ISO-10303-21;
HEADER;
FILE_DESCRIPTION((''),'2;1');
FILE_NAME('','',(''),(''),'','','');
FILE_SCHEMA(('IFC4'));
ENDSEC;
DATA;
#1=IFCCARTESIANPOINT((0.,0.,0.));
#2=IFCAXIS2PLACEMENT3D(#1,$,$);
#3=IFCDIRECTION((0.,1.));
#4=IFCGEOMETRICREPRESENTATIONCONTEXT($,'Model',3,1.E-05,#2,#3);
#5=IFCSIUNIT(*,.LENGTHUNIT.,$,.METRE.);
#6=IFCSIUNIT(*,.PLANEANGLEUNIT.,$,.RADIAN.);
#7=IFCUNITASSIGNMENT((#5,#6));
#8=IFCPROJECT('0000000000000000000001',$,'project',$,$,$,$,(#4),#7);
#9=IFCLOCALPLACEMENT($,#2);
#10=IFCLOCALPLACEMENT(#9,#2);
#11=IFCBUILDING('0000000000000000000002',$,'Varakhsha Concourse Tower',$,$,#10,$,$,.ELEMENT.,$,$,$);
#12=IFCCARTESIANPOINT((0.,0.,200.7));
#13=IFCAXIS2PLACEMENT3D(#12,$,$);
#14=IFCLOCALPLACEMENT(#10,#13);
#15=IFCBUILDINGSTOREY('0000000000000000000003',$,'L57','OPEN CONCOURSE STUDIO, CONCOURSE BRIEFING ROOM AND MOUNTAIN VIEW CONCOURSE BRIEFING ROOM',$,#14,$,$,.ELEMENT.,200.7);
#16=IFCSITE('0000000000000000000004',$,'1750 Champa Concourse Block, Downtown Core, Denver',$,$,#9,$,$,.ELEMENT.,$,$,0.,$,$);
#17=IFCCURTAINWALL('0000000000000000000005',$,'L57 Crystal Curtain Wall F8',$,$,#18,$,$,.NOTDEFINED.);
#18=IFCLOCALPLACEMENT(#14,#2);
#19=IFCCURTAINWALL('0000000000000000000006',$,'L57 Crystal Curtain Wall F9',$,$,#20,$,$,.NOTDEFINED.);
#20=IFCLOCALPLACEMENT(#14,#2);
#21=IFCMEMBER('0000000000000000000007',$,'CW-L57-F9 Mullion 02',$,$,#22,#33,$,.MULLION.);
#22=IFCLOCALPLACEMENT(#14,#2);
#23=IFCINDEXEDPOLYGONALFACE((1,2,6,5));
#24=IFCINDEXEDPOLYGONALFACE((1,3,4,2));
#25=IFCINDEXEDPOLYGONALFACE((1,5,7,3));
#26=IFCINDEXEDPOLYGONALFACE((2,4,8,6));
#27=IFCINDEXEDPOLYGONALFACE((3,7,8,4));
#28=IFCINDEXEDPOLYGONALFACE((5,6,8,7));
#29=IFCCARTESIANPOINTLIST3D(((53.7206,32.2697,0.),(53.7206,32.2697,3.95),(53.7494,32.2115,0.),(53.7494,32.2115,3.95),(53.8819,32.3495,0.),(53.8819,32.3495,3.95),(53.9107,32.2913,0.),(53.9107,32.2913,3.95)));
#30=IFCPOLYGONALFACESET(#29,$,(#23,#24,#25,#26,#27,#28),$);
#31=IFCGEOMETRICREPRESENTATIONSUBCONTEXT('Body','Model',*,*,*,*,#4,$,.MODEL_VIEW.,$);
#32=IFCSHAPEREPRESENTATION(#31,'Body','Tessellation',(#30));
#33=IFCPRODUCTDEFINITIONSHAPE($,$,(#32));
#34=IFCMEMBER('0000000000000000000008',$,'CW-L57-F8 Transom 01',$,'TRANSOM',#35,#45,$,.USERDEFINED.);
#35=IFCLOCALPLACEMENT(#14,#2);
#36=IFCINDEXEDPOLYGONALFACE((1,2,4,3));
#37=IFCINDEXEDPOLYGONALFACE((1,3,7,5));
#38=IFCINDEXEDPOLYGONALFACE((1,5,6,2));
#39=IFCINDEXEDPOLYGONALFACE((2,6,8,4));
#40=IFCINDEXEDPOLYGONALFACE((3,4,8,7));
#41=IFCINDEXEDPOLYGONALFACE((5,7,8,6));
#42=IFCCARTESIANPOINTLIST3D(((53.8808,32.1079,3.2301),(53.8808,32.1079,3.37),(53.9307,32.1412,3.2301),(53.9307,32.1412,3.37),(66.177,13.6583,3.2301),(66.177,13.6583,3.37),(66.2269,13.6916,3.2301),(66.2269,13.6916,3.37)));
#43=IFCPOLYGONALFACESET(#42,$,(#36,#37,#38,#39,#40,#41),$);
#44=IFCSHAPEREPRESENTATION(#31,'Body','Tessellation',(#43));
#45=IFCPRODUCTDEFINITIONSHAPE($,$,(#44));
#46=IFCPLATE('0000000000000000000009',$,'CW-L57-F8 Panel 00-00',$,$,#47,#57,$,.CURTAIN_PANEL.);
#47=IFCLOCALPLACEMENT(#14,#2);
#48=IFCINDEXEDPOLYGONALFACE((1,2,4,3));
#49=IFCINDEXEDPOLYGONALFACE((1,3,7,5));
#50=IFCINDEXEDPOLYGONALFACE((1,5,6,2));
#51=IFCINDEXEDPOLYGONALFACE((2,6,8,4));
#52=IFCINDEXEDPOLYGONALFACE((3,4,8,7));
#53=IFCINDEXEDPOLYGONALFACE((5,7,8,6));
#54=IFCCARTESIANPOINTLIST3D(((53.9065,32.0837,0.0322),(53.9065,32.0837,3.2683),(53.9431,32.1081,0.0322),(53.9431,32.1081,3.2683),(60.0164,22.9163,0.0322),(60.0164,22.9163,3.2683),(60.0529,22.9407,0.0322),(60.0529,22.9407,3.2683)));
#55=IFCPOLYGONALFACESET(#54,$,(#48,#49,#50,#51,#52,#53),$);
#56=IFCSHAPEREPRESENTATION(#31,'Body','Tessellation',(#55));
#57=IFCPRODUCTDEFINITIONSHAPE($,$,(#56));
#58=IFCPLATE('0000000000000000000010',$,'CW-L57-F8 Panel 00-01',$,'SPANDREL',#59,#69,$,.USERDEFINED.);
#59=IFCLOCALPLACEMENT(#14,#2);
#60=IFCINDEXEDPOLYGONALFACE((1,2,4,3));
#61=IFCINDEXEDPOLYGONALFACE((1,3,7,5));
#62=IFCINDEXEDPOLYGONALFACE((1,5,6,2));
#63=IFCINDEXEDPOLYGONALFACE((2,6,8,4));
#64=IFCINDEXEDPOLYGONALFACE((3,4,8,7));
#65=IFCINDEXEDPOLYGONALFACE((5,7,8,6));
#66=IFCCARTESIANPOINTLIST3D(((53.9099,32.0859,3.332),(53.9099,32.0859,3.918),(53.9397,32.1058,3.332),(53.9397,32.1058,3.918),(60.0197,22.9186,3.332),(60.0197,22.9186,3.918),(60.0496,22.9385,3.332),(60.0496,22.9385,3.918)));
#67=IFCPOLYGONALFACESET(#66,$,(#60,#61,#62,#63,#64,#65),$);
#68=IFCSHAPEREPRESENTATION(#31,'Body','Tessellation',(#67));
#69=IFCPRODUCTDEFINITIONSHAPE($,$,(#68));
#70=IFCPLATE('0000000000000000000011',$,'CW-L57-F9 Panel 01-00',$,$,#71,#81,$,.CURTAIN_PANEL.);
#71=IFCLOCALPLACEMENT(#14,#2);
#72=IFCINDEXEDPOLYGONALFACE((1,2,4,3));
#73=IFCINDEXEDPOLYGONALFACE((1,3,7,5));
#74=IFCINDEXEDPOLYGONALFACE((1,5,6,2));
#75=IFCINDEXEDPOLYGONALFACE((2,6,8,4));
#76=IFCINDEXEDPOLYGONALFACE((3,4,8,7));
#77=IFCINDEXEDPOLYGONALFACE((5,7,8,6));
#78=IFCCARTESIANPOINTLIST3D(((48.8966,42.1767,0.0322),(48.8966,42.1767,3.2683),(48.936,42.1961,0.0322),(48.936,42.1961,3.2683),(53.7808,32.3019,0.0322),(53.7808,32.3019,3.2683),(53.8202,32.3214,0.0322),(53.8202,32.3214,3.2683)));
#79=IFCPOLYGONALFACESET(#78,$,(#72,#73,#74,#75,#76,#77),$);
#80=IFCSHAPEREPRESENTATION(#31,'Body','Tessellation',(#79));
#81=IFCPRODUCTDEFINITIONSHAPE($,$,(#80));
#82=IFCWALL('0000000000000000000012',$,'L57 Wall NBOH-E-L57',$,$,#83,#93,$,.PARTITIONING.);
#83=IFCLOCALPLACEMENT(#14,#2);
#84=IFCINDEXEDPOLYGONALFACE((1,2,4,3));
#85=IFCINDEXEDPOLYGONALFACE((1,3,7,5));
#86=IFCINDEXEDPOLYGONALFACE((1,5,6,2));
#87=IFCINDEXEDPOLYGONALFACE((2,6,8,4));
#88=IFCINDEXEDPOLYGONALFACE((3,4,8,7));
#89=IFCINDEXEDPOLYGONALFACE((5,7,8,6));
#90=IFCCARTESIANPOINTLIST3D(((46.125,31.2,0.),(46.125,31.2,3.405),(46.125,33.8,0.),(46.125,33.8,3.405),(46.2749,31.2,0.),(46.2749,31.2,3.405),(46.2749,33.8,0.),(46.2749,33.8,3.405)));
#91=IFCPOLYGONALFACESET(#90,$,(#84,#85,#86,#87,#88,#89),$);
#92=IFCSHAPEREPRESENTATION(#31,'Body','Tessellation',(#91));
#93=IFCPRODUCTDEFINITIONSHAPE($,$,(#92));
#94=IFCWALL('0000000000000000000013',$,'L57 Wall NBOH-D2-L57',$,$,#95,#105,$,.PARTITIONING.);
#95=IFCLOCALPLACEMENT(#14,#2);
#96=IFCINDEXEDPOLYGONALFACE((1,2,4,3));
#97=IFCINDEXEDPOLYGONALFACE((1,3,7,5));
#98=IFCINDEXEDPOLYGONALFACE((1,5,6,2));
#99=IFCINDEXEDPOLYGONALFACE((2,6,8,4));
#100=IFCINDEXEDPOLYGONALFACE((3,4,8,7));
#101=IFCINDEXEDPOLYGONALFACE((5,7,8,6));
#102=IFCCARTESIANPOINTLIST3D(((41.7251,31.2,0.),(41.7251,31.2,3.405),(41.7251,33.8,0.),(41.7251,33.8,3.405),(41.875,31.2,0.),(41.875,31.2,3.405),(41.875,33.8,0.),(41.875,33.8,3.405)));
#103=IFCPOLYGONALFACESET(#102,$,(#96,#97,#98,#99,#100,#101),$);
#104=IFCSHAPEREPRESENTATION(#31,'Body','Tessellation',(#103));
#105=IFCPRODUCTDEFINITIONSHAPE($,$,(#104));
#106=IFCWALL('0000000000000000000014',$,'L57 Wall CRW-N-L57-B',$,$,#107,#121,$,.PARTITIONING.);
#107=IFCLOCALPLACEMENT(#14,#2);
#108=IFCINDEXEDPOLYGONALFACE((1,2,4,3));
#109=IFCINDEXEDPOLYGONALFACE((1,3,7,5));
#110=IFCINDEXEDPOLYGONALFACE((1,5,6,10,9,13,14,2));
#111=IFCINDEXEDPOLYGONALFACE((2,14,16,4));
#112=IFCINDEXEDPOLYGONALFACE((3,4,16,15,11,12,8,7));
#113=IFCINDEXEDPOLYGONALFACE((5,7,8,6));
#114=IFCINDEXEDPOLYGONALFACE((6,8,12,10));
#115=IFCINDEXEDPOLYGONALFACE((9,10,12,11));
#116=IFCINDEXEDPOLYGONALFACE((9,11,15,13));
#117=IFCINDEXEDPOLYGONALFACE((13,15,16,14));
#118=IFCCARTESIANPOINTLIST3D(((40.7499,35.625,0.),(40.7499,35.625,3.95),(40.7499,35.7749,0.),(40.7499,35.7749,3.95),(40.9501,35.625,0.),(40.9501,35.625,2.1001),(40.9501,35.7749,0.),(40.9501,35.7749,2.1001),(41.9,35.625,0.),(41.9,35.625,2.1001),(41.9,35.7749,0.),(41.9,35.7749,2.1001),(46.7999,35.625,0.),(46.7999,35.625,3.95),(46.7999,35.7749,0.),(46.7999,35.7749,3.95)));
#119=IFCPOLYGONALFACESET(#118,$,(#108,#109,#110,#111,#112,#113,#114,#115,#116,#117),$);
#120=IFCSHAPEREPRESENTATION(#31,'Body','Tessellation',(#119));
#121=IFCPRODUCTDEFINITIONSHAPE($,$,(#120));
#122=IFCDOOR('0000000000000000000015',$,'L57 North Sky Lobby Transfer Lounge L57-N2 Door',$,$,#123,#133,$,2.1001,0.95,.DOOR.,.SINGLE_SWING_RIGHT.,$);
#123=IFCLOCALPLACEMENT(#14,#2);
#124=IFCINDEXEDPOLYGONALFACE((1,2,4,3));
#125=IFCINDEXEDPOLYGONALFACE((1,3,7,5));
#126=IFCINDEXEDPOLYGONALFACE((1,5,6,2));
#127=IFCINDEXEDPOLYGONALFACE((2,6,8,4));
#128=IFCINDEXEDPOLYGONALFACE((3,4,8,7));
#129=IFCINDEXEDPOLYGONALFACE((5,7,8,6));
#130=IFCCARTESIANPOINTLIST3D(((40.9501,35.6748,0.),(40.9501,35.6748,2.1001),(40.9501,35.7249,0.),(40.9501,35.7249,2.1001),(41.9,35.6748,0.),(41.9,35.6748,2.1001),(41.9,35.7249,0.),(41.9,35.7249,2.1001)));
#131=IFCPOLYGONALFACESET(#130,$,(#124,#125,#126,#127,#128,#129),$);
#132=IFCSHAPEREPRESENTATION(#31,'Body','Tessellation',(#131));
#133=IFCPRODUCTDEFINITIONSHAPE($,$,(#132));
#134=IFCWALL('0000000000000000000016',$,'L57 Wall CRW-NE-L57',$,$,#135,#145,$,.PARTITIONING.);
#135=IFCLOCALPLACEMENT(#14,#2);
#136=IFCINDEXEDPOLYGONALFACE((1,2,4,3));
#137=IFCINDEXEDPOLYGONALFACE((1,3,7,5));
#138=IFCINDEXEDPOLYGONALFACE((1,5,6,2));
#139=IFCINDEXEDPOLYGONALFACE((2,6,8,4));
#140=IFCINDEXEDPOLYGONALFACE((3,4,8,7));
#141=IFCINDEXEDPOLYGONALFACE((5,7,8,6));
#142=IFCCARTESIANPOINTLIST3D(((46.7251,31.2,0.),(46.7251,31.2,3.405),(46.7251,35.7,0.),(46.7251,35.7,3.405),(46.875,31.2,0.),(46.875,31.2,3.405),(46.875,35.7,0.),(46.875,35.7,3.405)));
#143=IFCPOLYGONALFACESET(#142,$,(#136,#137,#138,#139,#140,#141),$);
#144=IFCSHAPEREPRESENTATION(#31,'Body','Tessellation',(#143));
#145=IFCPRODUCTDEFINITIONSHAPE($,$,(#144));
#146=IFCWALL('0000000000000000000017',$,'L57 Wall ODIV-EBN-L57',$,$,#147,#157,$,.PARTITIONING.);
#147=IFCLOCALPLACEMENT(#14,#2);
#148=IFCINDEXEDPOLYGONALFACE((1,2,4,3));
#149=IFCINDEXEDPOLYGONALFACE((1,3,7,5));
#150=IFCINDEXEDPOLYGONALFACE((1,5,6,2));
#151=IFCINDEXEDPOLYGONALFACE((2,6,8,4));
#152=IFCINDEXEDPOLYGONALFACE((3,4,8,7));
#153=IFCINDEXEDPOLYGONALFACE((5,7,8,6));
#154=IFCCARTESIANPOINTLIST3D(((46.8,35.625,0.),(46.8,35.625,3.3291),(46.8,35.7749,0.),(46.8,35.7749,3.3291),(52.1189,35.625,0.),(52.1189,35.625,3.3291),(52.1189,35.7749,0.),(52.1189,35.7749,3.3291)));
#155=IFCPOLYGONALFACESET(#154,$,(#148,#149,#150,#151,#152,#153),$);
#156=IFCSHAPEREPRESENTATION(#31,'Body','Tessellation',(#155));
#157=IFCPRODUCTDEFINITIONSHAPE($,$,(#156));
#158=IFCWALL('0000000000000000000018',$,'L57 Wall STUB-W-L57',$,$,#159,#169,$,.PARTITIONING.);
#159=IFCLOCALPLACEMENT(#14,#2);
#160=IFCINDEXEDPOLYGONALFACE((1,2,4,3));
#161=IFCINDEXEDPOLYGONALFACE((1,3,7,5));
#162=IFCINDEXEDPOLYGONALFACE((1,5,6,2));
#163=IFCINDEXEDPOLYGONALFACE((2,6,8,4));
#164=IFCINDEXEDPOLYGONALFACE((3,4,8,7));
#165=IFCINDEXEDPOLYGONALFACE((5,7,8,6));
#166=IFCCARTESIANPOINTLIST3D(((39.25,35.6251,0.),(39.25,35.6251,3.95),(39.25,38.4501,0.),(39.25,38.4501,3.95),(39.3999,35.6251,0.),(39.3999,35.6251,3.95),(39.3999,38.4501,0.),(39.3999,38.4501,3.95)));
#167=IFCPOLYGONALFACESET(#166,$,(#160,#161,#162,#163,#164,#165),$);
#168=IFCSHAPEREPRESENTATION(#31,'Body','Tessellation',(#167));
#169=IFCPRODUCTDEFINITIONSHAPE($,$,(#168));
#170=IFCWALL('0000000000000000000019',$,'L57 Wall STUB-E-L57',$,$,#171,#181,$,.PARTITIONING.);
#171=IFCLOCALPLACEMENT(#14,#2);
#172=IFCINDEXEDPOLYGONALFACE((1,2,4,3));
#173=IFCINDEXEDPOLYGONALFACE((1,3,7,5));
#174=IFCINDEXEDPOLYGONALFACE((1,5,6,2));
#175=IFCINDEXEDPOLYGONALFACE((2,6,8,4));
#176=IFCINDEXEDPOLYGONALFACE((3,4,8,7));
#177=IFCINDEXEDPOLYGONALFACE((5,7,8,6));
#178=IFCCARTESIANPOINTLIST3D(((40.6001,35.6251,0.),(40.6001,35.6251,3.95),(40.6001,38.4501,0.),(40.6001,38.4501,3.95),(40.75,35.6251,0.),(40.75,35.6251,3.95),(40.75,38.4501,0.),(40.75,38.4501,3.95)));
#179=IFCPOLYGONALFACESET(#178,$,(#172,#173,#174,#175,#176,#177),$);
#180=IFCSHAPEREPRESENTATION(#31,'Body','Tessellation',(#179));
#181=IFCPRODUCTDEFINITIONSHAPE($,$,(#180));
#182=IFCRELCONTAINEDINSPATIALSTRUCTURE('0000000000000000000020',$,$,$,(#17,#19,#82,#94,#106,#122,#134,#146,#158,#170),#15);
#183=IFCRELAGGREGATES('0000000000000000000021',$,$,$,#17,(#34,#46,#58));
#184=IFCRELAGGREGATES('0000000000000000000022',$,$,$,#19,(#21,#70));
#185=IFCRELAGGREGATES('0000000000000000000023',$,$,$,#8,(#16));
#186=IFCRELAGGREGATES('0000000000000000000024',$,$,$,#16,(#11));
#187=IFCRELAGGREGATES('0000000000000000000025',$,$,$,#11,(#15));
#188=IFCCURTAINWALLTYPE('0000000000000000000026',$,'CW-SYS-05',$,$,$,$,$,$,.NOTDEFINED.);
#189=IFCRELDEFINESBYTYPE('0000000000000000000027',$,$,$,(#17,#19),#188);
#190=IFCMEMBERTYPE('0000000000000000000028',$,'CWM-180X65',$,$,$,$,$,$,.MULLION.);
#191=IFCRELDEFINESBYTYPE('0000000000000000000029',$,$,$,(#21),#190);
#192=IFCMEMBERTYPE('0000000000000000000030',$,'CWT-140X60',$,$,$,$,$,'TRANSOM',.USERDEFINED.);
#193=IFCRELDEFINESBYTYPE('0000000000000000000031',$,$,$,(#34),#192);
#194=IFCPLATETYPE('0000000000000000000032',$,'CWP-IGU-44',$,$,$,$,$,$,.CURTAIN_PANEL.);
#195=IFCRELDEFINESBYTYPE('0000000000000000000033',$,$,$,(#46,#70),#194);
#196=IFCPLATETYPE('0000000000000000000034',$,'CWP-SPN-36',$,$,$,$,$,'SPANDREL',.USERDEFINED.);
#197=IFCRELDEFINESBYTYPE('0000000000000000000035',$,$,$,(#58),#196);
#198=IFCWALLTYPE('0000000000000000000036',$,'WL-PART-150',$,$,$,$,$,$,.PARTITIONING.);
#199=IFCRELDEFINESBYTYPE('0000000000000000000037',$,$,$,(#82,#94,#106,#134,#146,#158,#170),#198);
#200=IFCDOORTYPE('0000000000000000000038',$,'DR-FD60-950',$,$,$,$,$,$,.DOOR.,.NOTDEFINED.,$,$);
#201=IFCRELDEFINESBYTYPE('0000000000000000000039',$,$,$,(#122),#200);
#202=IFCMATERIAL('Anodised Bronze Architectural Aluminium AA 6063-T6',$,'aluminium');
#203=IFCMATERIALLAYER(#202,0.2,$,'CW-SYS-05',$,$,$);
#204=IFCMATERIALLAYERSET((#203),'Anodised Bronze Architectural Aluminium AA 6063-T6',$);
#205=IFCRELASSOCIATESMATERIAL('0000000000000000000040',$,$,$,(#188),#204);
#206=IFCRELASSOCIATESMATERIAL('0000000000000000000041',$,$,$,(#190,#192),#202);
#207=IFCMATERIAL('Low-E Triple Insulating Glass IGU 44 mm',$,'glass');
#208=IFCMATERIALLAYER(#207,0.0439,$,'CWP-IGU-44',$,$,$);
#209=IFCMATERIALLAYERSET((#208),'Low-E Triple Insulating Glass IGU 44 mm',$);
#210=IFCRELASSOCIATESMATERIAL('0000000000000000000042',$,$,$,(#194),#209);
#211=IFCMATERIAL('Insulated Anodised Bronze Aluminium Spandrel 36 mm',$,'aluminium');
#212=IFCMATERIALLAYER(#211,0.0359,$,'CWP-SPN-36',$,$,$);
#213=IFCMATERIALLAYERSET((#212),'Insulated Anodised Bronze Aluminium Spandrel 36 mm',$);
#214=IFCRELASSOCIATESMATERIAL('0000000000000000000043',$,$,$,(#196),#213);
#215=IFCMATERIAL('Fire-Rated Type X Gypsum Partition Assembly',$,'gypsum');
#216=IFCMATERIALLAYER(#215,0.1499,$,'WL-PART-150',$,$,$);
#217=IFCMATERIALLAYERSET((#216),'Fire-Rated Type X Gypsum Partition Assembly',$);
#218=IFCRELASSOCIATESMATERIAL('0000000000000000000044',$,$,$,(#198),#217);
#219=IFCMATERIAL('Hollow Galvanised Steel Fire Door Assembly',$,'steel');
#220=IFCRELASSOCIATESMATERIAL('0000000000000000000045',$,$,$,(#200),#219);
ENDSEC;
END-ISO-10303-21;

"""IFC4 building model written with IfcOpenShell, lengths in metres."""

from ifc_helpers import new_model, si_unit, direction, frame, frame_2d, origin, origin_2d, place, context, subcontext, project, spatial, rectangle, extrude, source, transform, mapped, material, layer, layer_set, material_profile, profile_set, type_object, type_shapes, element, fill, aggregate, save


model = new_model("IFC4")

# Units and contexts
model_context = context("Model", 3, precision=1e-05, world=origin(), true_north=direction((0.0, 1.0)))
body_context = subcontext(model_context, "Body", "Model", "MODEL_VIEW")
ifc_project = project(units=[si_unit("LENGTHUNIT", "METRE"), si_unit("PLANEANGLEUNIT", "RADIAN")], contexts=[model_context])

# Site, building, storey
site_placement = place(None, origin())
site = spatial("IfcSite", under=ifc_project, at=site_placement, Name="1750 Champa Concourse Block, Downtown Core, Denver", CompositionType="ELEMENT", RefElevation=0.0)
building_placement = place(site_placement, origin())
building = spatial("IfcBuilding", under=site, at=building_placement, Name="Varakhsha Concourse Tower", CompositionType="ELEMENT")
storey_placement = place(building_placement, frame((0.0, 0.0, 200.7)))
storey = spatial("IfcBuildingStorey", under=building, at=storey_placement, Name="L57", Description="OPEN CONCOURSE STUDIO, CONCOURSE BRIEFING ROOM AND MOUNTAIN VIEW CONCOURSE BRIEFING ROOM", CompositionType="ELEMENT", Elevation=200.7)

# Curtain wall
ifc_material_1 = material(Name="Anodised Bronze Architectural Aluminium AA 6063-T6", Category="aluminium")
ifc_layer_1 = layer(ifc_material_1, 0.2, Name="CW-SYS-05")
ifc_layer_set_1 = layer_set([ifc_layer_1], Name="Anodised Bronze Architectural Aluminium AA 6063-T6")
curtain_wall_type = type_object("IfcCurtainWallType", Name="CW-SYS-05", PredefinedType="NOTDEFINED", material=ifc_layer_set_1)
curtain_wall_1_placement = place(storey_placement, origin())
curtain_wall_1 = element("IfcCurtainWall", 1, at=curtain_wall_1_placement, inside=storey, type_object=curtain_wall_type, Name="L57 Crystal Curtain Wall F8", PredefinedType="NOTDEFINED")
ifc_material_profile_1 = material_profile(ifc_material_1, rectangle(XDim=0.0649, YDim=0.1799, at=origin_2d()), Name="CWM-180X65")
ifc_profile_set_1 = profile_set([ifc_material_profile_1], Name="Anodised Bronze Architectural Aluminium AA 6063-T6")
member_type_1 = type_object("IfcMemberType", Name="CWM-180X65", PredefinedType="MULLION", material=ifc_profile_set_1)
shared_shape_1 = source(origin(), body_context, "Body", "SweptSolid", [
    extrude(rectangle(XDim=0.0649, YDim=0.1799, at=origin_2d()), origin(), (0.0, 0.0, 1.0), 3.95),
])
type_shapes(member_type_1, [shared_shape_1])

# Curtain wall, member
curtain_wall_2_placement = place(storey_placement, origin())
curtain_wall_2 = element("IfcCurtainWall", 2, at=curtain_wall_2_placement, inside=storey, type_object=curtain_wall_type, Name="L57 Crystal Curtain Wall F9", PredefinedType="NOTDEFINED")
member_1_placement = place(storey_placement, frame((53.8157, 32.2805, 0.0), z_axis=(0.0, 0.0, 1.0), x_axis=(0.443343, -0.896352, 0.0)))
member_1 = element("IfcMember", 3, at=member_1_placement, type_object=member_type_1, Name="CW-L57-F9 Mullion 02", PredefinedType="MULLION", context=body_context, shape_type="MappedRepresentation", body=[
    mapped(shared_shape_1, transform((0.0, 0.0, 0.0), scale=1.0)),
])

# Member
ifc_material_profile_2 = material_profile(ifc_material_1, rectangle(XDim=0.0601, YDim=0.1399, at=origin_2d()), Name="CWT-140X60")
ifc_profile_set_2 = profile_set([ifc_material_profile_2], Name="Anodised Bronze Architectural Aluminium AA 6063-T6")
member_type_2 = type_object("IfcMemberType", Name="CWT-140X60", ElementType="TRANSOM", PredefinedType="USERDEFINED", material=ifc_profile_set_2)
shared_shape_2 = source(origin(), body_context, "Body", "SweptSolid", [
    extrude(rectangle(XDim=0.0601, YDim=0.1399, at=origin_2d()), origin(), (0.0, 0.0, 1.0), 22.1716),
])
type_shapes(member_type_2, [shared_shape_2])
member_2_placement = place(storey_placement, frame((53.9058, 32.1245, 3.3), z_axis=(0.554591, -0.832123, 0.0), x_axis=(0.832123, 0.554591, 0.0)))
member_2 = element("IfcMember", 4, at=member_2_placement, type_object=member_type_2, Name="CW-L57-F8 Transom 01", ObjectType="TRANSOM", PredefinedType="USERDEFINED", context=body_context, shape_type="MappedRepresentation", body=[
    mapped(shared_shape_2, transform((0.0, 0.0, 0.0), scale=1.0)),
])

# Plates
ifc_material_2 = material(Name="Low-E Triple Insulating Glass IGU 44 mm", Category="glass")
ifc_layer_2 = layer(ifc_material_2, 0.0439, Name="CWP-IGU-44")
ifc_layer_set_2 = layer_set([ifc_layer_2], Name="Low-E Triple Insulating Glass IGU 44 mm")
plate_type_1 = type_object("IfcPlateType", Name="CWP-IGU-44", PredefinedType="CURTAIN_PANEL", material=ifc_layer_set_2)
shared_shape_3 = source(origin(), body_context, "Body", "SweptSolid", [
    extrude(rectangle(XDim=11.0168, YDim=0.0439, at=origin_2d()), origin(), (0.0, 0.0, 1.0), 3.2361),
])
plate_1_placement = place(storey_placement, frame((56.9797, 27.5122, 0.0322), z_axis=(0.0, 0.0, 1.0), x_axis=(0.554592, -0.832123, 0.0)))
plate_1 = element("IfcPlate", 5, at=plate_1_placement, type_object=plate_type_1, Name="CW-L57-F8 Panel 00-00", PredefinedType="CURTAIN_PANEL", context=body_context, shape_type="MappedRepresentation", body=[
    mapped(shared_shape_3, transform((0.0, 0.0, 0.0), scale=1.0)),
])
ifc_material_3 = material(Name="Insulated Anodised Bronze Aluminium Spandrel 36 mm", Category="aluminium")
ifc_layer_3 = layer(ifc_material_3, 0.0359, Name="CWP-SPN-36")
ifc_layer_set_3 = layer_set([ifc_layer_3], Name="Insulated Anodised Bronze Aluminium Spandrel 36 mm")
plate_type_2 = type_object("IfcPlateType", Name="CWP-SPN-36", ElementType="SPANDREL", PredefinedType="USERDEFINED", material=ifc_layer_set_3)
shared_shape_4 = source(origin(), body_context, "Body", "SweptSolid", [
    extrude(rectangle(XDim=11.0168, YDim=0.0359, at=origin_2d()), origin(), (0.0, 0.0, 1.0), 0.5859),
])
type_shapes(plate_type_2, [shared_shape_4])
plate_2_placement = place(storey_placement, frame((56.9797, 27.5122, 3.332), z_axis=(0.0, 0.0, 1.0), x_axis=(0.554592, -0.832123, 0.0)))
plate_2 = element("IfcPlate", 6, at=plate_2_placement, type_object=plate_type_2, Name="CW-L57-F8 Panel 00-01", ObjectType="SPANDREL", PredefinedType="USERDEFINED", context=body_context, shape_type="MappedRepresentation", body=[
    mapped(shared_shape_4, transform((0.0, 0.0, 0.0), scale=1.0)),
])
aggregate(curtain_wall_1, [member_2, plate_1, plate_2])
shared_shape_5 = source(origin(), body_context, "Body", "SweptSolid", [
    extrude(rectangle(XDim=11.0166, YDim=0.0439, at=origin_2d()), origin(), (0.0, 0.0, 1.0), 3.2361),
])
type_shapes(plate_type_1, [shared_shape_3, shared_shape_5])
plate_3_placement = place(storey_placement, frame((51.3584, 37.249, 0.0322), z_axis=(0.0, 0.0, 1.0), x_axis=(0.443343, -0.896352, 0.0)))
plate_3 = element("IfcPlate", 7, at=plate_3_placement, type_object=plate_type_1, Name="CW-L57-F9 Panel 01-00", PredefinedType="CURTAIN_PANEL", context=body_context, shape_type="MappedRepresentation", body=[
    mapped(shared_shape_5, transform((0.0, 0.0, 0.0), scale=1.0)),
])
aggregate(curtain_wall_2, [member_1, plate_3])

# Walls
ifc_material_4 = material(Name="Fire-Rated Type X Gypsum Partition Assembly", Category="gypsum")
ifc_layer_4 = layer(ifc_material_4, 0.1499, Name="WL-PART-150")
ifc_layer_set_4 = layer_set([ifc_layer_4], Name="Fire-Rated Type X Gypsum Partition Assembly")
wall_type_1 = type_object("IfcWallType", Name="WL-PART-150", PredefinedType="PARTITIONING", material=ifc_layer_set_4)
for number, where, z_axis, x_axis, name in (
    (8, (46.2, 31.2, 0.0), (0.0, 0.0, 1.0), (0.0, 1.0, 0.0), "L57 Wall NBOH-E-L57"),
    (9, (41.8, 31.2, 0.0), (0.0, 0.0, 1.0), (0.0, 1.0, 0.0), "L57 Wall NBOH-D2-L57"),
):
    element("IfcWall", number, at=place(storey_placement, frame(where, z_axis=z_axis, x_axis=x_axis)), inside=storey, type_object=wall_type_1, Name=name, PredefinedType="PARTITIONING", context=body_context, shape_type="SweptSolid", body=[
        extrude(rectangle(XDim=2.6001, YDim=0.1499, at=frame_2d((1.3, 0.0))), origin(), (0.0, 0.0, 1.0), 3.405),
    ])

# Wall, opening, door
wall_1_placement = place(storey_placement, frame((40.75, 35.7, 0.0), z_axis=(0.0, 0.0, 1.0), x_axis=(1.0, 0.0, 0.0)))
wall_1 = element("IfcWall", 10, at=wall_1_placement, inside=storey, type_object=wall_type_1, Name="L57 Wall CRW-N-L57-B", PredefinedType="PARTITIONING", context=body_context, shape_type="SweptSolid", body=[
    extrude(rectangle(XDim=6.05, YDim=0.1499, at=frame_2d((3.0249, 0.0))), origin(), (0.0, 0.0, 1.0), 3.95),
])
opening_placement = place(wall_1_placement, frame((0.2, 0.0, 0.0)))
opening = element("IfcOpeningElement", 11, at=opening_placement, cuts=wall_1, PredefinedType="OPENING", context=body_context, shape_type="SweptSolid", body=[
    extrude(rectangle(XDim=0.95, YDim=2.1001, at=frame_2d((0.4751, 1.05))), frame((0.0, 0.085, 0.0), z_axis=(0.0, -1.0, 0.0), x_axis=(1.0, 0.0, 0.0)), (0.0, 0.0, 1.0), 0.1699),
])
ifc_material_5 = material(Name="Hollow Galvanised Steel Fire Door Assembly", Category="steel")
door_type = type_object("IfcDoorType", Name="DR-FD60-950", OperationType="NOTDEFINED", PredefinedType="DOOR", material=ifc_material_5)
door_placement = place(opening_placement, origin())
door = element("IfcDoor", 12, at=door_placement, inside=storey, type_object=door_type, Name="L57 North Sky Lobby Transfer Lounge L57-N2 Door", OperationType="SINGLE_SWING_RIGHT", OverallHeight=2.1001, OverallWidth=0.95, PredefinedType="DOOR", context=body_context, shape_type="SweptSolid", body=[
    extrude(rectangle(XDim=0.95, YDim=2.1001, at=frame_2d((0.4751, 1.05))), frame((0.0, 0.0249, 0.0), z_axis=(0.0, -1.0, 0.0), x_axis=(1.0, 0.0, 0.0)), (0.0, 0.0, 1.0), 0.05),
])
fill(opening, door)

# Walls
wall_2_placement = place(storey_placement, frame((46.8, 31.2, 0.0), z_axis=(0.0, 0.0, 1.0), x_axis=(0.0, 1.0, 0.0)))
element("IfcWall", 13, at=wall_2_placement, inside=storey, type_object=wall_type_1, Name="L57 Wall CRW-NE-L57", PredefinedType="PARTITIONING", context=body_context, shape_type="SweptSolid", body=[
    extrude(rectangle(XDim=4.5, YDim=0.1499, at=frame_2d((2.25, 0.0))), origin(), (0.0, 0.0, 1.0), 3.405),
])
wall_3_placement = place(storey_placement, frame((46.8, 35.7, 0.0), z_axis=(0.0, 0.0, 1.0), x_axis=(1.0, 0.0, 0.0)))
element("IfcWall", 14, at=wall_3_placement, inside=storey, type_object=wall_type_1, Name="L57 Wall ODIV-EBN-L57", PredefinedType="PARTITIONING", context=body_context, shape_type="SweptSolid", body=[
    extrude(rectangle(XDim=5.3188, YDim=0.1499, at=frame_2d((2.6594, 0.0))), origin(), (0.0, 0.0, 1.0), 3.3291),
])
for number, where, z_axis, x_axis, name in (
    (15, (39.325, 35.625, 0.0), (0.0, 0.0, 1.0), (0.0, 1.0, 0.0), "L57 Wall STUB-W-L57"),
    (16, (40.675, 35.625, 0.0), (0.0, 0.0, 1.0), (0.0, 1.0, 0.0), "L57 Wall STUB-E-L57"),
):
    element("IfcWall", number, at=place(storey_placement, frame(where, z_axis=z_axis, x_axis=x_axis)), inside=storey, type_object=wall_type_1, Name=name, PredefinedType="PARTITIONING", context=body_context, shape_type="SweptSolid", body=[
        extrude(rectangle(XDim=2.825, YDim=0.1499, at=frame_2d((1.4126, 0.0))), origin(), (0.0, 0.0, 1.0), 3.95),
    ])

save(model, "model.ifc")
